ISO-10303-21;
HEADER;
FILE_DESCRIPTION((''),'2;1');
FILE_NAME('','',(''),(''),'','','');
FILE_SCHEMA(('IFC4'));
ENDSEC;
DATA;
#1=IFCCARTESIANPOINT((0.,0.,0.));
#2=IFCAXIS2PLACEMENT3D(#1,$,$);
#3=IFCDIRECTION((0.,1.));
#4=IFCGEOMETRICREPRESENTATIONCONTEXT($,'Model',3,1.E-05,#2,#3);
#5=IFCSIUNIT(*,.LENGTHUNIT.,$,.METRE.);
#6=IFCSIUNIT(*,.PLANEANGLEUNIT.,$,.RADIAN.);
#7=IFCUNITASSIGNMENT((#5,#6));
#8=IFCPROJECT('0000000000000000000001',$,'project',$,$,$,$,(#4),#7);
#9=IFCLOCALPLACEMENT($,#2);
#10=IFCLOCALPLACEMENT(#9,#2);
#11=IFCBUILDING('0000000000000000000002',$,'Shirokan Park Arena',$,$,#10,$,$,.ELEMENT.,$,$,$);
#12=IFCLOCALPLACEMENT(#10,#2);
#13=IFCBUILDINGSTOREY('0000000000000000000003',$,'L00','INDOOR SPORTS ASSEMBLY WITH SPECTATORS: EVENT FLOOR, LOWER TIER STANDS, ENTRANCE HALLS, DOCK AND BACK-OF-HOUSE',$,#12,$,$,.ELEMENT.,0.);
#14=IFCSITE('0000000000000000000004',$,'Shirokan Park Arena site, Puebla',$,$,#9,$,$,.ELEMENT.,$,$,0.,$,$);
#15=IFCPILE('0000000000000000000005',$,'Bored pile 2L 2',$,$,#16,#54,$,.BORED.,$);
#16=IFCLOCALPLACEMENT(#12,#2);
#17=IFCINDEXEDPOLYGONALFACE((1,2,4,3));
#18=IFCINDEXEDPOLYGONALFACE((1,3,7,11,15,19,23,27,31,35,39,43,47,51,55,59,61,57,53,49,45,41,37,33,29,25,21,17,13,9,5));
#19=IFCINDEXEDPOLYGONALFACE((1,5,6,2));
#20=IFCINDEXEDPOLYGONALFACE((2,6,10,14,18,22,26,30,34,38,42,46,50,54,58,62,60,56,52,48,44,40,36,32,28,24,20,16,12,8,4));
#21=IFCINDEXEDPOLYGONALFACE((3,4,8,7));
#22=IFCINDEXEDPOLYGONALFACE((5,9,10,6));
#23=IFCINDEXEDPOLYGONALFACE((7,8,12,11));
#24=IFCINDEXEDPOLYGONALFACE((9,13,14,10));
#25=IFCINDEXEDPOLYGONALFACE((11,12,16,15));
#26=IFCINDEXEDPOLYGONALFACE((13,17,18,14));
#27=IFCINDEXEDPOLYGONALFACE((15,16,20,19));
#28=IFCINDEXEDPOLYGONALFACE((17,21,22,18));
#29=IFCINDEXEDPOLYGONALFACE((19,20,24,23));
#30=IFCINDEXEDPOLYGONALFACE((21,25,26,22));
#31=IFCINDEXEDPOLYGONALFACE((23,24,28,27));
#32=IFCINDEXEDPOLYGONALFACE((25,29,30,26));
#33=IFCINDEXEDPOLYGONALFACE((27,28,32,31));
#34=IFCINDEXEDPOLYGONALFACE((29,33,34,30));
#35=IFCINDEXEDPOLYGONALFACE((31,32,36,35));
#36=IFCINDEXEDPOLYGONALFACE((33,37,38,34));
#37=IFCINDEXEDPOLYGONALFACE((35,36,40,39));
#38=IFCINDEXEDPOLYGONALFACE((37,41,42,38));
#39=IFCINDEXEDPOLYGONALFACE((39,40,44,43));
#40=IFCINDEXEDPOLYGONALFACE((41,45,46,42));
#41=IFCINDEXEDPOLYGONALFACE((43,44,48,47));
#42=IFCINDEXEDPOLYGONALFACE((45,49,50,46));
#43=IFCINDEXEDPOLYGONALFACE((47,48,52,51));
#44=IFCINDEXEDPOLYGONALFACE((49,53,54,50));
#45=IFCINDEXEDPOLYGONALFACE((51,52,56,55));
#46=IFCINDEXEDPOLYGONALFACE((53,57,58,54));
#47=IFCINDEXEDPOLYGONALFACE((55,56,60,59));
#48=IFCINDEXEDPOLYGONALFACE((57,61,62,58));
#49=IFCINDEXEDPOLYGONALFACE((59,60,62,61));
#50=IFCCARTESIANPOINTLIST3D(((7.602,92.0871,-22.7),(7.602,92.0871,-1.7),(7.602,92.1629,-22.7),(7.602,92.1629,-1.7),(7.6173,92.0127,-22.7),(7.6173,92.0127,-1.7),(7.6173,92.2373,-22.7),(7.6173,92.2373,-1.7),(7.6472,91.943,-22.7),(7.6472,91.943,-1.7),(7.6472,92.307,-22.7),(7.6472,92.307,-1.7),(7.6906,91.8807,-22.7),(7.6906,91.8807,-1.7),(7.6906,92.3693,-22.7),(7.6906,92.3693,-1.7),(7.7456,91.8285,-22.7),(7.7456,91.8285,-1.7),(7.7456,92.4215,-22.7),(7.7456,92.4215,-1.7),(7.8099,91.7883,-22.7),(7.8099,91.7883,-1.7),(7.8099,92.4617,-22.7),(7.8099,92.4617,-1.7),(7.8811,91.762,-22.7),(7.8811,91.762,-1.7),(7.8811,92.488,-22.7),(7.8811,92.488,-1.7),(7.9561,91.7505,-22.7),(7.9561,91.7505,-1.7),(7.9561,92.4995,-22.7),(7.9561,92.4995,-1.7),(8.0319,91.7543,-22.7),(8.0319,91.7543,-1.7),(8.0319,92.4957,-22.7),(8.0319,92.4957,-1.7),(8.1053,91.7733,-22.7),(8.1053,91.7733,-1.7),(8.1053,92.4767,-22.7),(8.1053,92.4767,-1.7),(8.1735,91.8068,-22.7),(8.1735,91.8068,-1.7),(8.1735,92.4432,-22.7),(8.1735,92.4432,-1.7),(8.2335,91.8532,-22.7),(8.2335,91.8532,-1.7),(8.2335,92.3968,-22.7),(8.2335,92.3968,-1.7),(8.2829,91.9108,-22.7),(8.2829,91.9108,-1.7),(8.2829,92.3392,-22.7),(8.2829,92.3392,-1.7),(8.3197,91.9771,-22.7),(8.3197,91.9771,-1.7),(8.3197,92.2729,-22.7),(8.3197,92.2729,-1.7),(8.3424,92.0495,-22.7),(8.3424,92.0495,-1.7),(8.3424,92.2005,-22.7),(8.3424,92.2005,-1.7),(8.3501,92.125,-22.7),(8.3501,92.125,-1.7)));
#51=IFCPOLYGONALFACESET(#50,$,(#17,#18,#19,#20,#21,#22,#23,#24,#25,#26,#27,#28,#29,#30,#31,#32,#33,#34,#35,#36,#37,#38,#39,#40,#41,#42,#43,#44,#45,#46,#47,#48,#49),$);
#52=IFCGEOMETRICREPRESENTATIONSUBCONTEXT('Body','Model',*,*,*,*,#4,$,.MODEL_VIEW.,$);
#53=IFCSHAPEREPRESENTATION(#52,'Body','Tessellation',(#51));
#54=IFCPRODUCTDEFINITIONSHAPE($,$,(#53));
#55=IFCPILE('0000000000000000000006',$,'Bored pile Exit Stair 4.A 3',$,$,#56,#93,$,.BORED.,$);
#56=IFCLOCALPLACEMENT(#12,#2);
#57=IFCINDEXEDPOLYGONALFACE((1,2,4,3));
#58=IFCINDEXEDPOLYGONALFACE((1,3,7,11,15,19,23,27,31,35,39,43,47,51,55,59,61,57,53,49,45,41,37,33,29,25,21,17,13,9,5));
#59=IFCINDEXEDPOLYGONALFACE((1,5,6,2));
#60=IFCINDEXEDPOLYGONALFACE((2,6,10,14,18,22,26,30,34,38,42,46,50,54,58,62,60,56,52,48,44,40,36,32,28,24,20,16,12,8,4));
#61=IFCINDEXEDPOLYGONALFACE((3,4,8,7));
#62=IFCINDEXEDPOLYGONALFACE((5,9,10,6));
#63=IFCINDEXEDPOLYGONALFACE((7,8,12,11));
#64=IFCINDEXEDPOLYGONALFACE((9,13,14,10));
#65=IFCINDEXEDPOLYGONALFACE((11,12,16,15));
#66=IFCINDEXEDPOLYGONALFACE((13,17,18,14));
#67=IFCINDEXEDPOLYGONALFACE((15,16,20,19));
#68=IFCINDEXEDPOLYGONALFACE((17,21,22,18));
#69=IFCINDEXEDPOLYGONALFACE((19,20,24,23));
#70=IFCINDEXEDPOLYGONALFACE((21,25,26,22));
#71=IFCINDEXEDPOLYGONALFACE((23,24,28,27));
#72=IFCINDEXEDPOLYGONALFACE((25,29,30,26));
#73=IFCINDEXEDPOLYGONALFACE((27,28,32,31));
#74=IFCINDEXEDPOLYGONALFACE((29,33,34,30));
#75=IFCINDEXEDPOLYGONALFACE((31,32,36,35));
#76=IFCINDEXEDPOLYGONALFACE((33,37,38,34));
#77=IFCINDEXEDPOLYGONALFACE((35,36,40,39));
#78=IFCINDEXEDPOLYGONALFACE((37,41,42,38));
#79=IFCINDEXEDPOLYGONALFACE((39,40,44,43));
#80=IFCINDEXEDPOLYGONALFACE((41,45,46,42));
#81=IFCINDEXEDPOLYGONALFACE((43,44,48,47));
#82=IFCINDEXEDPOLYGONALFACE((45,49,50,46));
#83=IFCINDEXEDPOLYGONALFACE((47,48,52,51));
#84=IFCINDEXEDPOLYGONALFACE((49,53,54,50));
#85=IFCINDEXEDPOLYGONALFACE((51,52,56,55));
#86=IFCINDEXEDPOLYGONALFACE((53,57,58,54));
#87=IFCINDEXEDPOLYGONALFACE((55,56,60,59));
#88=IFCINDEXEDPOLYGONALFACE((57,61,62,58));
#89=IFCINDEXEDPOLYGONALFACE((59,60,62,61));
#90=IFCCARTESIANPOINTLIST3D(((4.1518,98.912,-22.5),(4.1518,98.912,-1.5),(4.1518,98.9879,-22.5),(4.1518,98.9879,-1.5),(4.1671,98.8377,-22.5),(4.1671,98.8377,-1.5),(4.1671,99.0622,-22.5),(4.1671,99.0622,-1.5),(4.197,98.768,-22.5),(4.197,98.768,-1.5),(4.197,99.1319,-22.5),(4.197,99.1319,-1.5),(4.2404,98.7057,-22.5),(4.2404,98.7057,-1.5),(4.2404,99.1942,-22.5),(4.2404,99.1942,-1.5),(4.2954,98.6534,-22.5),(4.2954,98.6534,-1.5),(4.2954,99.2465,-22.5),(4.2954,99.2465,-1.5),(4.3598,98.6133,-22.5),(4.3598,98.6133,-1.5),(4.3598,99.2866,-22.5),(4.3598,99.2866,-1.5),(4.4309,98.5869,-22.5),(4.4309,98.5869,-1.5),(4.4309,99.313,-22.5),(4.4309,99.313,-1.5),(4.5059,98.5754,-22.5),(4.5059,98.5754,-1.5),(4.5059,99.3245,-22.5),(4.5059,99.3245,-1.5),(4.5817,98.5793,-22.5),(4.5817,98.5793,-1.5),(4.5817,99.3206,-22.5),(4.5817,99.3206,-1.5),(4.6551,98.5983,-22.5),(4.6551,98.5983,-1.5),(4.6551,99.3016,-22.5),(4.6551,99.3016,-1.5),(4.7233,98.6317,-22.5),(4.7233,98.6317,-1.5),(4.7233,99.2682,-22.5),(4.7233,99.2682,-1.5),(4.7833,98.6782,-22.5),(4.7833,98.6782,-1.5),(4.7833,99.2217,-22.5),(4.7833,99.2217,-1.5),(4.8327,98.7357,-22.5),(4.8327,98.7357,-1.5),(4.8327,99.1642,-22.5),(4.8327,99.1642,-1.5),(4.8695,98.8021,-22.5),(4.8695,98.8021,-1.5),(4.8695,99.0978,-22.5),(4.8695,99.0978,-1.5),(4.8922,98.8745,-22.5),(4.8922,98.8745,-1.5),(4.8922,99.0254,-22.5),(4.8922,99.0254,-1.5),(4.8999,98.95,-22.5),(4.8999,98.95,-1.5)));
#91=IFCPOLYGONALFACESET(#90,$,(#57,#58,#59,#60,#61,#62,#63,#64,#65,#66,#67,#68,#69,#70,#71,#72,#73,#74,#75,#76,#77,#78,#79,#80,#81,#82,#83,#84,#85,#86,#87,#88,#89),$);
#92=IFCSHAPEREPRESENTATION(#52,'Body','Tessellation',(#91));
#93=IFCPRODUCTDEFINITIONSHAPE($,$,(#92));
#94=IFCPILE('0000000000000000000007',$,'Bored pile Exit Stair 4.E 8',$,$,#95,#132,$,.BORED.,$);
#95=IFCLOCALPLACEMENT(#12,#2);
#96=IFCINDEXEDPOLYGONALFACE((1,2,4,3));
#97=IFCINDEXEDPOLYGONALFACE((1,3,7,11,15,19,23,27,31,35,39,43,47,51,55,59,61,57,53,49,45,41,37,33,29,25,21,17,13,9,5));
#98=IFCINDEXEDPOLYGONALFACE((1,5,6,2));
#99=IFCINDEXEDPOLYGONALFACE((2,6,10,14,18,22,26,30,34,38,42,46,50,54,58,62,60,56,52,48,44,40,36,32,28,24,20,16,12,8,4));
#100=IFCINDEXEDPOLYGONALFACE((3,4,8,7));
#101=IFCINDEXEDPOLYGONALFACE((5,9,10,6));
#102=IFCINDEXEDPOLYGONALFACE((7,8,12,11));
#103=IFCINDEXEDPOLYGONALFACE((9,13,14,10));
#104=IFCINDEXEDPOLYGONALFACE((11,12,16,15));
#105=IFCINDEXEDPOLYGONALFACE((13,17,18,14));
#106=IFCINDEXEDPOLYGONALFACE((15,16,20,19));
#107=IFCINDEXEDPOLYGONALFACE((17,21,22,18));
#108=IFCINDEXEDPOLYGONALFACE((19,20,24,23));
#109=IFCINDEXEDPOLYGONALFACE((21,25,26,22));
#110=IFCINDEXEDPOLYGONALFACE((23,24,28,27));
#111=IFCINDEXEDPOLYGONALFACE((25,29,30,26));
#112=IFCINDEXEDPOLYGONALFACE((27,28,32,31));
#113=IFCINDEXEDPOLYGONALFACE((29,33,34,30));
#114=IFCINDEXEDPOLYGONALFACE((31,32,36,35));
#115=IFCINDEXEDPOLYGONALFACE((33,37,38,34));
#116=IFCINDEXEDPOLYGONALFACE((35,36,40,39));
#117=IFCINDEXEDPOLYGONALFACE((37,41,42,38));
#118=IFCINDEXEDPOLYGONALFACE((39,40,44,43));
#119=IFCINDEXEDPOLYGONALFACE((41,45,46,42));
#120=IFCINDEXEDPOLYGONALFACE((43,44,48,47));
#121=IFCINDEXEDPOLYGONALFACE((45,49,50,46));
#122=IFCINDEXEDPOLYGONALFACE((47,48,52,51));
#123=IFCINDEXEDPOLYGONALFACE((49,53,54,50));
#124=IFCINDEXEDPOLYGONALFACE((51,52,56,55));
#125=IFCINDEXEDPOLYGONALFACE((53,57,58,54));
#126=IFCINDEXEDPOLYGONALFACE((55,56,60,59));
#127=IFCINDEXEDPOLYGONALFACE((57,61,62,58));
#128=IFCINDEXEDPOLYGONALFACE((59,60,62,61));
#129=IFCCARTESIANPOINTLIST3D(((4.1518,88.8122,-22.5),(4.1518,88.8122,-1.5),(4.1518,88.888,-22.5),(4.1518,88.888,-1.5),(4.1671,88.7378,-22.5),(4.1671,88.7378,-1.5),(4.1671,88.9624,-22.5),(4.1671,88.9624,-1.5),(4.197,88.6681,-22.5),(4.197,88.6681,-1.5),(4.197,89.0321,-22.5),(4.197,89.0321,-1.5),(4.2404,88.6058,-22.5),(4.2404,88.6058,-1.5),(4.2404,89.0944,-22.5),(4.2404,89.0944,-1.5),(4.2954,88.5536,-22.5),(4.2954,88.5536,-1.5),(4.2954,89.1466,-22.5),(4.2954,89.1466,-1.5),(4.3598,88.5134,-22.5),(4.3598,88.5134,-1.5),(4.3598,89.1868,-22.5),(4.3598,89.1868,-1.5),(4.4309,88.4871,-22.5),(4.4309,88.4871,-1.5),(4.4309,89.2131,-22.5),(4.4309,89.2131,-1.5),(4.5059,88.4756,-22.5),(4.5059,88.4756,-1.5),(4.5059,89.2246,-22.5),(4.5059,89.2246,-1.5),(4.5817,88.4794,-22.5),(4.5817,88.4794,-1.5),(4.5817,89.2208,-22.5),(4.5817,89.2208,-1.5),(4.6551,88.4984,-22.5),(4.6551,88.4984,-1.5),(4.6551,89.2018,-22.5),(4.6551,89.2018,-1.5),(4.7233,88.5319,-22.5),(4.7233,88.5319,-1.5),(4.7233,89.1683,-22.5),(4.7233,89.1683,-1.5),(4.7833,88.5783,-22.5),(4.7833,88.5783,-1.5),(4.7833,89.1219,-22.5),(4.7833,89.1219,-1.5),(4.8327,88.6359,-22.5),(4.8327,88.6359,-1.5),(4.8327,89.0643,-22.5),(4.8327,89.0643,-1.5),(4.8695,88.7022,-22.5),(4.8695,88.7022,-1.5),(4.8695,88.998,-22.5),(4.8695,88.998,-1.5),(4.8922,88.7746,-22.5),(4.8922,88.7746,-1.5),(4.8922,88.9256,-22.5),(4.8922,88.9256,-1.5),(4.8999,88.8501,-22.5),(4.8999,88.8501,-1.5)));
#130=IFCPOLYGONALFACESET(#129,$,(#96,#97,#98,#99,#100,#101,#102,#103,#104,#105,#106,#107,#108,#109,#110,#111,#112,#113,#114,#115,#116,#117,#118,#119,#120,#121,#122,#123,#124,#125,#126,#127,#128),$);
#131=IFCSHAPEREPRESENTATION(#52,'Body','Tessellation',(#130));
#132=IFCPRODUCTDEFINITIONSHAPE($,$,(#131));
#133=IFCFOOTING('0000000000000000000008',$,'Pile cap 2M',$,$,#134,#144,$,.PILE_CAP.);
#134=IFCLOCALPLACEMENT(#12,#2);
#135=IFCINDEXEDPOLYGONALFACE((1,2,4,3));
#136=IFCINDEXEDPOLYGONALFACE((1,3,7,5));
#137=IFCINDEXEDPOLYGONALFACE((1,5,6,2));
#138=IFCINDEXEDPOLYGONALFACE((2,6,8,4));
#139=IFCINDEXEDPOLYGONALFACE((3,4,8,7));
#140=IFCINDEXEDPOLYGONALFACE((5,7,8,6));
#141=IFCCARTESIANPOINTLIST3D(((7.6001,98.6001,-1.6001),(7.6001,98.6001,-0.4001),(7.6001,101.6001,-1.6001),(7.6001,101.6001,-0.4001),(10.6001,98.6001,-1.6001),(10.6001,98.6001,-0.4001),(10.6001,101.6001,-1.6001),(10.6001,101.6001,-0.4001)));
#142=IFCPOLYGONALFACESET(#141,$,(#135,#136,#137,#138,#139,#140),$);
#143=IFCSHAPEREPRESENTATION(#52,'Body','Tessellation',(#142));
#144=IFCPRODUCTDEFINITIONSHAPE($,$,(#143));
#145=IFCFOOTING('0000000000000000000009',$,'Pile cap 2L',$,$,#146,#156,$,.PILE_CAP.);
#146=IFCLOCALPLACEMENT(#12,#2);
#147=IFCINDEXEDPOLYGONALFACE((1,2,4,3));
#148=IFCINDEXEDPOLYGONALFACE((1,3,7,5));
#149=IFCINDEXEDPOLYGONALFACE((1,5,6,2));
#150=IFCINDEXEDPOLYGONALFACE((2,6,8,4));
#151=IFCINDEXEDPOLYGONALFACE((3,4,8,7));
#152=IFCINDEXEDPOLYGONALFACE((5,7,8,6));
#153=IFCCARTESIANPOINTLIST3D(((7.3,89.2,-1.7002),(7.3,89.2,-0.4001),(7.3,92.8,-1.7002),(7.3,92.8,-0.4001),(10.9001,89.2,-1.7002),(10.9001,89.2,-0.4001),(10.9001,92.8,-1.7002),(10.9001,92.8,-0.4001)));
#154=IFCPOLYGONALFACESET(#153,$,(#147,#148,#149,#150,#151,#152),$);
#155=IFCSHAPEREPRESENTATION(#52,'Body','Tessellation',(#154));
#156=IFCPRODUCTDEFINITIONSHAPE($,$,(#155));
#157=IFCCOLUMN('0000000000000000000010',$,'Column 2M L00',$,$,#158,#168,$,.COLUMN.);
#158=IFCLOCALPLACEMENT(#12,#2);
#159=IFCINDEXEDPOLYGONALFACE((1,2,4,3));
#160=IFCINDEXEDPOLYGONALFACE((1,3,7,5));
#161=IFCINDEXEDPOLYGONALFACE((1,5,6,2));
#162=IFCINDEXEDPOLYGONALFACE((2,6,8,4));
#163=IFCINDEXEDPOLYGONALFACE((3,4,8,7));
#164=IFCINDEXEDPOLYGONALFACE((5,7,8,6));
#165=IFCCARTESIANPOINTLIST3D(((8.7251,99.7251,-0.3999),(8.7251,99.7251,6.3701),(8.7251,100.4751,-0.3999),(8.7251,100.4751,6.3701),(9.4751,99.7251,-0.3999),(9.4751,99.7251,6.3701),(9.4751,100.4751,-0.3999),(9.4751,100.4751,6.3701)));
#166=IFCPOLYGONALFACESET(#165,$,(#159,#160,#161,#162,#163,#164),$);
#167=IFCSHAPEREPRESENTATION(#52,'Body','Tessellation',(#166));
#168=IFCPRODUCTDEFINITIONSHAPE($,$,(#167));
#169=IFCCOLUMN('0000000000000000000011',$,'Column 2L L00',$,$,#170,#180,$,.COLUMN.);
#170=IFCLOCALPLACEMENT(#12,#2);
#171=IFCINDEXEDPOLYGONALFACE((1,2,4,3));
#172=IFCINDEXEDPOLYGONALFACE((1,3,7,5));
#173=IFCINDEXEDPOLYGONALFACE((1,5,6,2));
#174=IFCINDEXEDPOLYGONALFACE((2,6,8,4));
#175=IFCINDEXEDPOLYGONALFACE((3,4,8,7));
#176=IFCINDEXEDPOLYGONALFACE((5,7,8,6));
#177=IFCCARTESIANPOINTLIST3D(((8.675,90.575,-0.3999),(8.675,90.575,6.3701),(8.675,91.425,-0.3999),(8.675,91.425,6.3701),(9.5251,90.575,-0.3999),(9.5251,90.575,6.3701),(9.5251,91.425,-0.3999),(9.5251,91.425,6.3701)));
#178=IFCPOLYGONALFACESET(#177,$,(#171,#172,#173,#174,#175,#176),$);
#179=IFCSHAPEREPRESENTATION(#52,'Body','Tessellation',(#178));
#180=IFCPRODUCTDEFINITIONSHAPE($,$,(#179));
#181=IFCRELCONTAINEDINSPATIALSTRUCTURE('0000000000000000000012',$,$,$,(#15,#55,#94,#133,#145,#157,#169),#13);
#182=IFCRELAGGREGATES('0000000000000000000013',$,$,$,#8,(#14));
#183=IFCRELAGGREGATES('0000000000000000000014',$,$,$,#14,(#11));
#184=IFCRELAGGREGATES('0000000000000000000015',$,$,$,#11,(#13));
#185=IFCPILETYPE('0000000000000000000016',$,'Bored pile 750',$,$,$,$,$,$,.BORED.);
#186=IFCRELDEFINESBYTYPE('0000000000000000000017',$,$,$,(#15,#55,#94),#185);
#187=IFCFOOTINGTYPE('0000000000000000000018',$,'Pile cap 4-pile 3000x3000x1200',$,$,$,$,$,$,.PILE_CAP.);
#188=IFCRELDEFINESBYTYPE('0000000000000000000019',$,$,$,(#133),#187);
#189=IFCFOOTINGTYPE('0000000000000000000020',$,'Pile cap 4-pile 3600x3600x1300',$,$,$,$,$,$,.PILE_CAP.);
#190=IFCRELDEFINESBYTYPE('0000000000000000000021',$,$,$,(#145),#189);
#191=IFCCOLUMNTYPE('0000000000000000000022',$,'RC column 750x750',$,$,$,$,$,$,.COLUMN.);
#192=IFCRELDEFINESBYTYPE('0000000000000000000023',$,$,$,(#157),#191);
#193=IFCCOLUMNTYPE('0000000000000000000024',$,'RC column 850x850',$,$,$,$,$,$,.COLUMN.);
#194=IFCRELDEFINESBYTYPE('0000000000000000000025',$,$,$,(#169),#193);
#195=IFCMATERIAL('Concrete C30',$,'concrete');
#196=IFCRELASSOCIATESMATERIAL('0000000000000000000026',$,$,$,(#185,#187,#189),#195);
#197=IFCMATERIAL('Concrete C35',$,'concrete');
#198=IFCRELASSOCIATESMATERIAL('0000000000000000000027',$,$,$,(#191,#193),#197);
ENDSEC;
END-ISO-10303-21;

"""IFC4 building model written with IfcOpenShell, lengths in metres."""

from ifc_helpers import new_model, si_unit, direction, frame, origin, origin_2d, place, context, subcontext, project, spatial, rectangle, circle, extrude, material, material_profile, profile_set, type_object, element, save


model = new_model("IFC4")

# Units and contexts
model_context = context("Model", 3, precision=1e-05, world=origin(), true_north=direction((0.0, 1.0)))
body_context = subcontext(model_context, "Body", "Model", "MODEL_VIEW")
ifc_project = project(units=[si_unit("LENGTHUNIT", "METRE"), si_unit("PLANEANGLEUNIT", "RADIAN")], contexts=[model_context])

# Site, building, storey
site_placement = place(None, origin())
site = spatial("IfcSite", under=ifc_project, at=site_placement, Name="Shirokan Park Arena site, Puebla", CompositionType="ELEMENT", RefElevation=0.0)
building_placement = place(site_placement, origin())
building = spatial("IfcBuilding", under=site, at=building_placement, Name="Shirokan Park Arena", CompositionType="ELEMENT")
storey_placement = place(building_placement, origin())
storey = spatial("IfcBuildingStorey", under=building, at=storey_placement, Name="L00", Description="INDOOR SPORTS ASSEMBLY WITH SPECTATORS: EVENT FLOOR, LOWER TIER STANDS, ENTRANCE HALLS, DOCK AND BACK-OF-HOUSE", CompositionType="ELEMENT", Elevation=0.0)

# Piles
ifc_material_1 = material(Name="Concrete C30", Category="concrete")
ifc_material_profile_1 = material_profile(ifc_material_1, circle(Radius=0.375, at=origin_2d()), Name="D750")
ifc_profile_set_1 = profile_set([ifc_material_profile_1], Name="Concrete C30")
pile_type_1 = type_object("IfcPileType", Name="Bored pile 750", PredefinedType="BORED", material=ifc_profile_set_1)
for number, where, z_axis, x_axis, name in (
    (1, (7.9751, 92.125, -1.7), (0.0, 0.0, -1.0), (1.0, 0.0, 0.0), "Bored pile 2L 2"),
    (2, (4.5249, 98.95, -1.5), (0.0, 0.0, -1.0), (1.0, 0.0, 0.0), "Bored pile Exit Stair 4.A 3"),
    (3, (4.5249, 88.8501, -1.5), (0.0, 0.0, -1.0), (1.0, 0.0, 0.0), "Bored pile Exit Stair 4.E 8"),
):
    element("IfcPile", number, at=place(storey_placement, frame(where, z_axis=z_axis, x_axis=x_axis)), inside=storey, type_object=pile_type_1, Name=name, PredefinedType="BORED", context=body_context, shape_type="SweptSolid", body=[
        extrude(circle(Radius=0.375, at=origin_2d()), origin(), (0.0, 0.0, 1.0), 21.0),
    ])

# Footings
footing_type_1 = type_object("IfcFootingType", Name="Pile cap 4-pile 3000x3000x1200", PredefinedType="PILE_CAP", material=ifc_material_1)
footing_1_placement = place(storey_placement, frame((9.1001, 100.1001, -1.6001), z_axis=(0.0, 0.0, 1.0), x_axis=(1.0, 0.0, 0.0)))
element("IfcFooting", 4, at=footing_1_placement, inside=storey, type_object=footing_type_1, Name="Pile cap 2M", PredefinedType="PILE_CAP", context=body_context, shape_type="SweptSolid", body=[
    extrude(rectangle(XDim=3.0, YDim=3.0, at=origin_2d()), origin(), (0.0, 0.0, 1.0), 1.2),
])
footing_type_2 = type_object("IfcFootingType", Name="Pile cap 4-pile 3600x3600x1300", PredefinedType="PILE_CAP", material=ifc_material_1)
footing_2_placement = place(storey_placement, frame((9.1001, 91.0, -1.7002), z_axis=(0.0, 0.0, 1.0), x_axis=(1.0, 0.0, 0.0)))
element("IfcFooting", 5, at=footing_2_placement, inside=storey, type_object=footing_type_2, Name="Pile cap 2L", PredefinedType="PILE_CAP", context=body_context, shape_type="SweptSolid", body=[
    extrude(rectangle(XDim=3.6001, YDim=3.6001, at=origin_2d()), origin(), (0.0, 0.0, 1.0), 1.3),
])

# Columns
ifc_material_2 = material(Name="Concrete C35", Category="concrete")
ifc_material_profile_2 = material_profile(ifc_material_2, rectangle(XDim=0.75, YDim=0.75, at=origin_2d()), Name="750x750")
ifc_profile_set_2 = profile_set([ifc_material_profile_2], Name="Concrete C35")
column_type_1 = type_object("IfcColumnType", Name="RC column 750x750", PredefinedType="COLUMN", material=ifc_profile_set_2)
column_1_placement = place(storey_placement, frame((9.1001, 100.1001, -0.3999), z_axis=(0.0, 0.0, 1.0), x_axis=(1.0, 0.0, 0.0)))
element("IfcColumn", 6, at=column_1_placement, inside=storey, type_object=column_type_1, Name="Column 2M L00", PredefinedType="COLUMN", context=body_context, shape_type="SweptSolid", body=[
    extrude(rectangle(XDim=0.75, YDim=0.75, at=origin_2d()), origin(), (0.0, 0.0, 1.0), 6.77),
])
ifc_material_profile_3 = material_profile(ifc_material_2, rectangle(XDim=0.8501, YDim=0.8501, at=origin_2d()), Name="850x850")
ifc_profile_set_3 = profile_set([ifc_material_profile_3], Name="Concrete C35")
column_type_2 = type_object("IfcColumnType", Name="RC column 850x850", PredefinedType="COLUMN", material=ifc_profile_set_3)
column_2_placement = place(storey_placement, frame((9.1001, 91.0, -0.3999), z_axis=(0.0, 0.0, 1.0), x_axis=(1.0, 0.0, 0.0)))
element("IfcColumn", 7, at=column_2_placement, inside=storey, type_object=column_type_2, Name="Column 2L L00", PredefinedType="COLUMN", context=body_context, shape_type="SweptSolid", body=[
    extrude(rectangle(XDim=0.8501, YDim=0.8501, at=origin_2d()), origin(), (0.0, 0.0, 1.0), 6.77),
])

save(model, "model.ifc")
